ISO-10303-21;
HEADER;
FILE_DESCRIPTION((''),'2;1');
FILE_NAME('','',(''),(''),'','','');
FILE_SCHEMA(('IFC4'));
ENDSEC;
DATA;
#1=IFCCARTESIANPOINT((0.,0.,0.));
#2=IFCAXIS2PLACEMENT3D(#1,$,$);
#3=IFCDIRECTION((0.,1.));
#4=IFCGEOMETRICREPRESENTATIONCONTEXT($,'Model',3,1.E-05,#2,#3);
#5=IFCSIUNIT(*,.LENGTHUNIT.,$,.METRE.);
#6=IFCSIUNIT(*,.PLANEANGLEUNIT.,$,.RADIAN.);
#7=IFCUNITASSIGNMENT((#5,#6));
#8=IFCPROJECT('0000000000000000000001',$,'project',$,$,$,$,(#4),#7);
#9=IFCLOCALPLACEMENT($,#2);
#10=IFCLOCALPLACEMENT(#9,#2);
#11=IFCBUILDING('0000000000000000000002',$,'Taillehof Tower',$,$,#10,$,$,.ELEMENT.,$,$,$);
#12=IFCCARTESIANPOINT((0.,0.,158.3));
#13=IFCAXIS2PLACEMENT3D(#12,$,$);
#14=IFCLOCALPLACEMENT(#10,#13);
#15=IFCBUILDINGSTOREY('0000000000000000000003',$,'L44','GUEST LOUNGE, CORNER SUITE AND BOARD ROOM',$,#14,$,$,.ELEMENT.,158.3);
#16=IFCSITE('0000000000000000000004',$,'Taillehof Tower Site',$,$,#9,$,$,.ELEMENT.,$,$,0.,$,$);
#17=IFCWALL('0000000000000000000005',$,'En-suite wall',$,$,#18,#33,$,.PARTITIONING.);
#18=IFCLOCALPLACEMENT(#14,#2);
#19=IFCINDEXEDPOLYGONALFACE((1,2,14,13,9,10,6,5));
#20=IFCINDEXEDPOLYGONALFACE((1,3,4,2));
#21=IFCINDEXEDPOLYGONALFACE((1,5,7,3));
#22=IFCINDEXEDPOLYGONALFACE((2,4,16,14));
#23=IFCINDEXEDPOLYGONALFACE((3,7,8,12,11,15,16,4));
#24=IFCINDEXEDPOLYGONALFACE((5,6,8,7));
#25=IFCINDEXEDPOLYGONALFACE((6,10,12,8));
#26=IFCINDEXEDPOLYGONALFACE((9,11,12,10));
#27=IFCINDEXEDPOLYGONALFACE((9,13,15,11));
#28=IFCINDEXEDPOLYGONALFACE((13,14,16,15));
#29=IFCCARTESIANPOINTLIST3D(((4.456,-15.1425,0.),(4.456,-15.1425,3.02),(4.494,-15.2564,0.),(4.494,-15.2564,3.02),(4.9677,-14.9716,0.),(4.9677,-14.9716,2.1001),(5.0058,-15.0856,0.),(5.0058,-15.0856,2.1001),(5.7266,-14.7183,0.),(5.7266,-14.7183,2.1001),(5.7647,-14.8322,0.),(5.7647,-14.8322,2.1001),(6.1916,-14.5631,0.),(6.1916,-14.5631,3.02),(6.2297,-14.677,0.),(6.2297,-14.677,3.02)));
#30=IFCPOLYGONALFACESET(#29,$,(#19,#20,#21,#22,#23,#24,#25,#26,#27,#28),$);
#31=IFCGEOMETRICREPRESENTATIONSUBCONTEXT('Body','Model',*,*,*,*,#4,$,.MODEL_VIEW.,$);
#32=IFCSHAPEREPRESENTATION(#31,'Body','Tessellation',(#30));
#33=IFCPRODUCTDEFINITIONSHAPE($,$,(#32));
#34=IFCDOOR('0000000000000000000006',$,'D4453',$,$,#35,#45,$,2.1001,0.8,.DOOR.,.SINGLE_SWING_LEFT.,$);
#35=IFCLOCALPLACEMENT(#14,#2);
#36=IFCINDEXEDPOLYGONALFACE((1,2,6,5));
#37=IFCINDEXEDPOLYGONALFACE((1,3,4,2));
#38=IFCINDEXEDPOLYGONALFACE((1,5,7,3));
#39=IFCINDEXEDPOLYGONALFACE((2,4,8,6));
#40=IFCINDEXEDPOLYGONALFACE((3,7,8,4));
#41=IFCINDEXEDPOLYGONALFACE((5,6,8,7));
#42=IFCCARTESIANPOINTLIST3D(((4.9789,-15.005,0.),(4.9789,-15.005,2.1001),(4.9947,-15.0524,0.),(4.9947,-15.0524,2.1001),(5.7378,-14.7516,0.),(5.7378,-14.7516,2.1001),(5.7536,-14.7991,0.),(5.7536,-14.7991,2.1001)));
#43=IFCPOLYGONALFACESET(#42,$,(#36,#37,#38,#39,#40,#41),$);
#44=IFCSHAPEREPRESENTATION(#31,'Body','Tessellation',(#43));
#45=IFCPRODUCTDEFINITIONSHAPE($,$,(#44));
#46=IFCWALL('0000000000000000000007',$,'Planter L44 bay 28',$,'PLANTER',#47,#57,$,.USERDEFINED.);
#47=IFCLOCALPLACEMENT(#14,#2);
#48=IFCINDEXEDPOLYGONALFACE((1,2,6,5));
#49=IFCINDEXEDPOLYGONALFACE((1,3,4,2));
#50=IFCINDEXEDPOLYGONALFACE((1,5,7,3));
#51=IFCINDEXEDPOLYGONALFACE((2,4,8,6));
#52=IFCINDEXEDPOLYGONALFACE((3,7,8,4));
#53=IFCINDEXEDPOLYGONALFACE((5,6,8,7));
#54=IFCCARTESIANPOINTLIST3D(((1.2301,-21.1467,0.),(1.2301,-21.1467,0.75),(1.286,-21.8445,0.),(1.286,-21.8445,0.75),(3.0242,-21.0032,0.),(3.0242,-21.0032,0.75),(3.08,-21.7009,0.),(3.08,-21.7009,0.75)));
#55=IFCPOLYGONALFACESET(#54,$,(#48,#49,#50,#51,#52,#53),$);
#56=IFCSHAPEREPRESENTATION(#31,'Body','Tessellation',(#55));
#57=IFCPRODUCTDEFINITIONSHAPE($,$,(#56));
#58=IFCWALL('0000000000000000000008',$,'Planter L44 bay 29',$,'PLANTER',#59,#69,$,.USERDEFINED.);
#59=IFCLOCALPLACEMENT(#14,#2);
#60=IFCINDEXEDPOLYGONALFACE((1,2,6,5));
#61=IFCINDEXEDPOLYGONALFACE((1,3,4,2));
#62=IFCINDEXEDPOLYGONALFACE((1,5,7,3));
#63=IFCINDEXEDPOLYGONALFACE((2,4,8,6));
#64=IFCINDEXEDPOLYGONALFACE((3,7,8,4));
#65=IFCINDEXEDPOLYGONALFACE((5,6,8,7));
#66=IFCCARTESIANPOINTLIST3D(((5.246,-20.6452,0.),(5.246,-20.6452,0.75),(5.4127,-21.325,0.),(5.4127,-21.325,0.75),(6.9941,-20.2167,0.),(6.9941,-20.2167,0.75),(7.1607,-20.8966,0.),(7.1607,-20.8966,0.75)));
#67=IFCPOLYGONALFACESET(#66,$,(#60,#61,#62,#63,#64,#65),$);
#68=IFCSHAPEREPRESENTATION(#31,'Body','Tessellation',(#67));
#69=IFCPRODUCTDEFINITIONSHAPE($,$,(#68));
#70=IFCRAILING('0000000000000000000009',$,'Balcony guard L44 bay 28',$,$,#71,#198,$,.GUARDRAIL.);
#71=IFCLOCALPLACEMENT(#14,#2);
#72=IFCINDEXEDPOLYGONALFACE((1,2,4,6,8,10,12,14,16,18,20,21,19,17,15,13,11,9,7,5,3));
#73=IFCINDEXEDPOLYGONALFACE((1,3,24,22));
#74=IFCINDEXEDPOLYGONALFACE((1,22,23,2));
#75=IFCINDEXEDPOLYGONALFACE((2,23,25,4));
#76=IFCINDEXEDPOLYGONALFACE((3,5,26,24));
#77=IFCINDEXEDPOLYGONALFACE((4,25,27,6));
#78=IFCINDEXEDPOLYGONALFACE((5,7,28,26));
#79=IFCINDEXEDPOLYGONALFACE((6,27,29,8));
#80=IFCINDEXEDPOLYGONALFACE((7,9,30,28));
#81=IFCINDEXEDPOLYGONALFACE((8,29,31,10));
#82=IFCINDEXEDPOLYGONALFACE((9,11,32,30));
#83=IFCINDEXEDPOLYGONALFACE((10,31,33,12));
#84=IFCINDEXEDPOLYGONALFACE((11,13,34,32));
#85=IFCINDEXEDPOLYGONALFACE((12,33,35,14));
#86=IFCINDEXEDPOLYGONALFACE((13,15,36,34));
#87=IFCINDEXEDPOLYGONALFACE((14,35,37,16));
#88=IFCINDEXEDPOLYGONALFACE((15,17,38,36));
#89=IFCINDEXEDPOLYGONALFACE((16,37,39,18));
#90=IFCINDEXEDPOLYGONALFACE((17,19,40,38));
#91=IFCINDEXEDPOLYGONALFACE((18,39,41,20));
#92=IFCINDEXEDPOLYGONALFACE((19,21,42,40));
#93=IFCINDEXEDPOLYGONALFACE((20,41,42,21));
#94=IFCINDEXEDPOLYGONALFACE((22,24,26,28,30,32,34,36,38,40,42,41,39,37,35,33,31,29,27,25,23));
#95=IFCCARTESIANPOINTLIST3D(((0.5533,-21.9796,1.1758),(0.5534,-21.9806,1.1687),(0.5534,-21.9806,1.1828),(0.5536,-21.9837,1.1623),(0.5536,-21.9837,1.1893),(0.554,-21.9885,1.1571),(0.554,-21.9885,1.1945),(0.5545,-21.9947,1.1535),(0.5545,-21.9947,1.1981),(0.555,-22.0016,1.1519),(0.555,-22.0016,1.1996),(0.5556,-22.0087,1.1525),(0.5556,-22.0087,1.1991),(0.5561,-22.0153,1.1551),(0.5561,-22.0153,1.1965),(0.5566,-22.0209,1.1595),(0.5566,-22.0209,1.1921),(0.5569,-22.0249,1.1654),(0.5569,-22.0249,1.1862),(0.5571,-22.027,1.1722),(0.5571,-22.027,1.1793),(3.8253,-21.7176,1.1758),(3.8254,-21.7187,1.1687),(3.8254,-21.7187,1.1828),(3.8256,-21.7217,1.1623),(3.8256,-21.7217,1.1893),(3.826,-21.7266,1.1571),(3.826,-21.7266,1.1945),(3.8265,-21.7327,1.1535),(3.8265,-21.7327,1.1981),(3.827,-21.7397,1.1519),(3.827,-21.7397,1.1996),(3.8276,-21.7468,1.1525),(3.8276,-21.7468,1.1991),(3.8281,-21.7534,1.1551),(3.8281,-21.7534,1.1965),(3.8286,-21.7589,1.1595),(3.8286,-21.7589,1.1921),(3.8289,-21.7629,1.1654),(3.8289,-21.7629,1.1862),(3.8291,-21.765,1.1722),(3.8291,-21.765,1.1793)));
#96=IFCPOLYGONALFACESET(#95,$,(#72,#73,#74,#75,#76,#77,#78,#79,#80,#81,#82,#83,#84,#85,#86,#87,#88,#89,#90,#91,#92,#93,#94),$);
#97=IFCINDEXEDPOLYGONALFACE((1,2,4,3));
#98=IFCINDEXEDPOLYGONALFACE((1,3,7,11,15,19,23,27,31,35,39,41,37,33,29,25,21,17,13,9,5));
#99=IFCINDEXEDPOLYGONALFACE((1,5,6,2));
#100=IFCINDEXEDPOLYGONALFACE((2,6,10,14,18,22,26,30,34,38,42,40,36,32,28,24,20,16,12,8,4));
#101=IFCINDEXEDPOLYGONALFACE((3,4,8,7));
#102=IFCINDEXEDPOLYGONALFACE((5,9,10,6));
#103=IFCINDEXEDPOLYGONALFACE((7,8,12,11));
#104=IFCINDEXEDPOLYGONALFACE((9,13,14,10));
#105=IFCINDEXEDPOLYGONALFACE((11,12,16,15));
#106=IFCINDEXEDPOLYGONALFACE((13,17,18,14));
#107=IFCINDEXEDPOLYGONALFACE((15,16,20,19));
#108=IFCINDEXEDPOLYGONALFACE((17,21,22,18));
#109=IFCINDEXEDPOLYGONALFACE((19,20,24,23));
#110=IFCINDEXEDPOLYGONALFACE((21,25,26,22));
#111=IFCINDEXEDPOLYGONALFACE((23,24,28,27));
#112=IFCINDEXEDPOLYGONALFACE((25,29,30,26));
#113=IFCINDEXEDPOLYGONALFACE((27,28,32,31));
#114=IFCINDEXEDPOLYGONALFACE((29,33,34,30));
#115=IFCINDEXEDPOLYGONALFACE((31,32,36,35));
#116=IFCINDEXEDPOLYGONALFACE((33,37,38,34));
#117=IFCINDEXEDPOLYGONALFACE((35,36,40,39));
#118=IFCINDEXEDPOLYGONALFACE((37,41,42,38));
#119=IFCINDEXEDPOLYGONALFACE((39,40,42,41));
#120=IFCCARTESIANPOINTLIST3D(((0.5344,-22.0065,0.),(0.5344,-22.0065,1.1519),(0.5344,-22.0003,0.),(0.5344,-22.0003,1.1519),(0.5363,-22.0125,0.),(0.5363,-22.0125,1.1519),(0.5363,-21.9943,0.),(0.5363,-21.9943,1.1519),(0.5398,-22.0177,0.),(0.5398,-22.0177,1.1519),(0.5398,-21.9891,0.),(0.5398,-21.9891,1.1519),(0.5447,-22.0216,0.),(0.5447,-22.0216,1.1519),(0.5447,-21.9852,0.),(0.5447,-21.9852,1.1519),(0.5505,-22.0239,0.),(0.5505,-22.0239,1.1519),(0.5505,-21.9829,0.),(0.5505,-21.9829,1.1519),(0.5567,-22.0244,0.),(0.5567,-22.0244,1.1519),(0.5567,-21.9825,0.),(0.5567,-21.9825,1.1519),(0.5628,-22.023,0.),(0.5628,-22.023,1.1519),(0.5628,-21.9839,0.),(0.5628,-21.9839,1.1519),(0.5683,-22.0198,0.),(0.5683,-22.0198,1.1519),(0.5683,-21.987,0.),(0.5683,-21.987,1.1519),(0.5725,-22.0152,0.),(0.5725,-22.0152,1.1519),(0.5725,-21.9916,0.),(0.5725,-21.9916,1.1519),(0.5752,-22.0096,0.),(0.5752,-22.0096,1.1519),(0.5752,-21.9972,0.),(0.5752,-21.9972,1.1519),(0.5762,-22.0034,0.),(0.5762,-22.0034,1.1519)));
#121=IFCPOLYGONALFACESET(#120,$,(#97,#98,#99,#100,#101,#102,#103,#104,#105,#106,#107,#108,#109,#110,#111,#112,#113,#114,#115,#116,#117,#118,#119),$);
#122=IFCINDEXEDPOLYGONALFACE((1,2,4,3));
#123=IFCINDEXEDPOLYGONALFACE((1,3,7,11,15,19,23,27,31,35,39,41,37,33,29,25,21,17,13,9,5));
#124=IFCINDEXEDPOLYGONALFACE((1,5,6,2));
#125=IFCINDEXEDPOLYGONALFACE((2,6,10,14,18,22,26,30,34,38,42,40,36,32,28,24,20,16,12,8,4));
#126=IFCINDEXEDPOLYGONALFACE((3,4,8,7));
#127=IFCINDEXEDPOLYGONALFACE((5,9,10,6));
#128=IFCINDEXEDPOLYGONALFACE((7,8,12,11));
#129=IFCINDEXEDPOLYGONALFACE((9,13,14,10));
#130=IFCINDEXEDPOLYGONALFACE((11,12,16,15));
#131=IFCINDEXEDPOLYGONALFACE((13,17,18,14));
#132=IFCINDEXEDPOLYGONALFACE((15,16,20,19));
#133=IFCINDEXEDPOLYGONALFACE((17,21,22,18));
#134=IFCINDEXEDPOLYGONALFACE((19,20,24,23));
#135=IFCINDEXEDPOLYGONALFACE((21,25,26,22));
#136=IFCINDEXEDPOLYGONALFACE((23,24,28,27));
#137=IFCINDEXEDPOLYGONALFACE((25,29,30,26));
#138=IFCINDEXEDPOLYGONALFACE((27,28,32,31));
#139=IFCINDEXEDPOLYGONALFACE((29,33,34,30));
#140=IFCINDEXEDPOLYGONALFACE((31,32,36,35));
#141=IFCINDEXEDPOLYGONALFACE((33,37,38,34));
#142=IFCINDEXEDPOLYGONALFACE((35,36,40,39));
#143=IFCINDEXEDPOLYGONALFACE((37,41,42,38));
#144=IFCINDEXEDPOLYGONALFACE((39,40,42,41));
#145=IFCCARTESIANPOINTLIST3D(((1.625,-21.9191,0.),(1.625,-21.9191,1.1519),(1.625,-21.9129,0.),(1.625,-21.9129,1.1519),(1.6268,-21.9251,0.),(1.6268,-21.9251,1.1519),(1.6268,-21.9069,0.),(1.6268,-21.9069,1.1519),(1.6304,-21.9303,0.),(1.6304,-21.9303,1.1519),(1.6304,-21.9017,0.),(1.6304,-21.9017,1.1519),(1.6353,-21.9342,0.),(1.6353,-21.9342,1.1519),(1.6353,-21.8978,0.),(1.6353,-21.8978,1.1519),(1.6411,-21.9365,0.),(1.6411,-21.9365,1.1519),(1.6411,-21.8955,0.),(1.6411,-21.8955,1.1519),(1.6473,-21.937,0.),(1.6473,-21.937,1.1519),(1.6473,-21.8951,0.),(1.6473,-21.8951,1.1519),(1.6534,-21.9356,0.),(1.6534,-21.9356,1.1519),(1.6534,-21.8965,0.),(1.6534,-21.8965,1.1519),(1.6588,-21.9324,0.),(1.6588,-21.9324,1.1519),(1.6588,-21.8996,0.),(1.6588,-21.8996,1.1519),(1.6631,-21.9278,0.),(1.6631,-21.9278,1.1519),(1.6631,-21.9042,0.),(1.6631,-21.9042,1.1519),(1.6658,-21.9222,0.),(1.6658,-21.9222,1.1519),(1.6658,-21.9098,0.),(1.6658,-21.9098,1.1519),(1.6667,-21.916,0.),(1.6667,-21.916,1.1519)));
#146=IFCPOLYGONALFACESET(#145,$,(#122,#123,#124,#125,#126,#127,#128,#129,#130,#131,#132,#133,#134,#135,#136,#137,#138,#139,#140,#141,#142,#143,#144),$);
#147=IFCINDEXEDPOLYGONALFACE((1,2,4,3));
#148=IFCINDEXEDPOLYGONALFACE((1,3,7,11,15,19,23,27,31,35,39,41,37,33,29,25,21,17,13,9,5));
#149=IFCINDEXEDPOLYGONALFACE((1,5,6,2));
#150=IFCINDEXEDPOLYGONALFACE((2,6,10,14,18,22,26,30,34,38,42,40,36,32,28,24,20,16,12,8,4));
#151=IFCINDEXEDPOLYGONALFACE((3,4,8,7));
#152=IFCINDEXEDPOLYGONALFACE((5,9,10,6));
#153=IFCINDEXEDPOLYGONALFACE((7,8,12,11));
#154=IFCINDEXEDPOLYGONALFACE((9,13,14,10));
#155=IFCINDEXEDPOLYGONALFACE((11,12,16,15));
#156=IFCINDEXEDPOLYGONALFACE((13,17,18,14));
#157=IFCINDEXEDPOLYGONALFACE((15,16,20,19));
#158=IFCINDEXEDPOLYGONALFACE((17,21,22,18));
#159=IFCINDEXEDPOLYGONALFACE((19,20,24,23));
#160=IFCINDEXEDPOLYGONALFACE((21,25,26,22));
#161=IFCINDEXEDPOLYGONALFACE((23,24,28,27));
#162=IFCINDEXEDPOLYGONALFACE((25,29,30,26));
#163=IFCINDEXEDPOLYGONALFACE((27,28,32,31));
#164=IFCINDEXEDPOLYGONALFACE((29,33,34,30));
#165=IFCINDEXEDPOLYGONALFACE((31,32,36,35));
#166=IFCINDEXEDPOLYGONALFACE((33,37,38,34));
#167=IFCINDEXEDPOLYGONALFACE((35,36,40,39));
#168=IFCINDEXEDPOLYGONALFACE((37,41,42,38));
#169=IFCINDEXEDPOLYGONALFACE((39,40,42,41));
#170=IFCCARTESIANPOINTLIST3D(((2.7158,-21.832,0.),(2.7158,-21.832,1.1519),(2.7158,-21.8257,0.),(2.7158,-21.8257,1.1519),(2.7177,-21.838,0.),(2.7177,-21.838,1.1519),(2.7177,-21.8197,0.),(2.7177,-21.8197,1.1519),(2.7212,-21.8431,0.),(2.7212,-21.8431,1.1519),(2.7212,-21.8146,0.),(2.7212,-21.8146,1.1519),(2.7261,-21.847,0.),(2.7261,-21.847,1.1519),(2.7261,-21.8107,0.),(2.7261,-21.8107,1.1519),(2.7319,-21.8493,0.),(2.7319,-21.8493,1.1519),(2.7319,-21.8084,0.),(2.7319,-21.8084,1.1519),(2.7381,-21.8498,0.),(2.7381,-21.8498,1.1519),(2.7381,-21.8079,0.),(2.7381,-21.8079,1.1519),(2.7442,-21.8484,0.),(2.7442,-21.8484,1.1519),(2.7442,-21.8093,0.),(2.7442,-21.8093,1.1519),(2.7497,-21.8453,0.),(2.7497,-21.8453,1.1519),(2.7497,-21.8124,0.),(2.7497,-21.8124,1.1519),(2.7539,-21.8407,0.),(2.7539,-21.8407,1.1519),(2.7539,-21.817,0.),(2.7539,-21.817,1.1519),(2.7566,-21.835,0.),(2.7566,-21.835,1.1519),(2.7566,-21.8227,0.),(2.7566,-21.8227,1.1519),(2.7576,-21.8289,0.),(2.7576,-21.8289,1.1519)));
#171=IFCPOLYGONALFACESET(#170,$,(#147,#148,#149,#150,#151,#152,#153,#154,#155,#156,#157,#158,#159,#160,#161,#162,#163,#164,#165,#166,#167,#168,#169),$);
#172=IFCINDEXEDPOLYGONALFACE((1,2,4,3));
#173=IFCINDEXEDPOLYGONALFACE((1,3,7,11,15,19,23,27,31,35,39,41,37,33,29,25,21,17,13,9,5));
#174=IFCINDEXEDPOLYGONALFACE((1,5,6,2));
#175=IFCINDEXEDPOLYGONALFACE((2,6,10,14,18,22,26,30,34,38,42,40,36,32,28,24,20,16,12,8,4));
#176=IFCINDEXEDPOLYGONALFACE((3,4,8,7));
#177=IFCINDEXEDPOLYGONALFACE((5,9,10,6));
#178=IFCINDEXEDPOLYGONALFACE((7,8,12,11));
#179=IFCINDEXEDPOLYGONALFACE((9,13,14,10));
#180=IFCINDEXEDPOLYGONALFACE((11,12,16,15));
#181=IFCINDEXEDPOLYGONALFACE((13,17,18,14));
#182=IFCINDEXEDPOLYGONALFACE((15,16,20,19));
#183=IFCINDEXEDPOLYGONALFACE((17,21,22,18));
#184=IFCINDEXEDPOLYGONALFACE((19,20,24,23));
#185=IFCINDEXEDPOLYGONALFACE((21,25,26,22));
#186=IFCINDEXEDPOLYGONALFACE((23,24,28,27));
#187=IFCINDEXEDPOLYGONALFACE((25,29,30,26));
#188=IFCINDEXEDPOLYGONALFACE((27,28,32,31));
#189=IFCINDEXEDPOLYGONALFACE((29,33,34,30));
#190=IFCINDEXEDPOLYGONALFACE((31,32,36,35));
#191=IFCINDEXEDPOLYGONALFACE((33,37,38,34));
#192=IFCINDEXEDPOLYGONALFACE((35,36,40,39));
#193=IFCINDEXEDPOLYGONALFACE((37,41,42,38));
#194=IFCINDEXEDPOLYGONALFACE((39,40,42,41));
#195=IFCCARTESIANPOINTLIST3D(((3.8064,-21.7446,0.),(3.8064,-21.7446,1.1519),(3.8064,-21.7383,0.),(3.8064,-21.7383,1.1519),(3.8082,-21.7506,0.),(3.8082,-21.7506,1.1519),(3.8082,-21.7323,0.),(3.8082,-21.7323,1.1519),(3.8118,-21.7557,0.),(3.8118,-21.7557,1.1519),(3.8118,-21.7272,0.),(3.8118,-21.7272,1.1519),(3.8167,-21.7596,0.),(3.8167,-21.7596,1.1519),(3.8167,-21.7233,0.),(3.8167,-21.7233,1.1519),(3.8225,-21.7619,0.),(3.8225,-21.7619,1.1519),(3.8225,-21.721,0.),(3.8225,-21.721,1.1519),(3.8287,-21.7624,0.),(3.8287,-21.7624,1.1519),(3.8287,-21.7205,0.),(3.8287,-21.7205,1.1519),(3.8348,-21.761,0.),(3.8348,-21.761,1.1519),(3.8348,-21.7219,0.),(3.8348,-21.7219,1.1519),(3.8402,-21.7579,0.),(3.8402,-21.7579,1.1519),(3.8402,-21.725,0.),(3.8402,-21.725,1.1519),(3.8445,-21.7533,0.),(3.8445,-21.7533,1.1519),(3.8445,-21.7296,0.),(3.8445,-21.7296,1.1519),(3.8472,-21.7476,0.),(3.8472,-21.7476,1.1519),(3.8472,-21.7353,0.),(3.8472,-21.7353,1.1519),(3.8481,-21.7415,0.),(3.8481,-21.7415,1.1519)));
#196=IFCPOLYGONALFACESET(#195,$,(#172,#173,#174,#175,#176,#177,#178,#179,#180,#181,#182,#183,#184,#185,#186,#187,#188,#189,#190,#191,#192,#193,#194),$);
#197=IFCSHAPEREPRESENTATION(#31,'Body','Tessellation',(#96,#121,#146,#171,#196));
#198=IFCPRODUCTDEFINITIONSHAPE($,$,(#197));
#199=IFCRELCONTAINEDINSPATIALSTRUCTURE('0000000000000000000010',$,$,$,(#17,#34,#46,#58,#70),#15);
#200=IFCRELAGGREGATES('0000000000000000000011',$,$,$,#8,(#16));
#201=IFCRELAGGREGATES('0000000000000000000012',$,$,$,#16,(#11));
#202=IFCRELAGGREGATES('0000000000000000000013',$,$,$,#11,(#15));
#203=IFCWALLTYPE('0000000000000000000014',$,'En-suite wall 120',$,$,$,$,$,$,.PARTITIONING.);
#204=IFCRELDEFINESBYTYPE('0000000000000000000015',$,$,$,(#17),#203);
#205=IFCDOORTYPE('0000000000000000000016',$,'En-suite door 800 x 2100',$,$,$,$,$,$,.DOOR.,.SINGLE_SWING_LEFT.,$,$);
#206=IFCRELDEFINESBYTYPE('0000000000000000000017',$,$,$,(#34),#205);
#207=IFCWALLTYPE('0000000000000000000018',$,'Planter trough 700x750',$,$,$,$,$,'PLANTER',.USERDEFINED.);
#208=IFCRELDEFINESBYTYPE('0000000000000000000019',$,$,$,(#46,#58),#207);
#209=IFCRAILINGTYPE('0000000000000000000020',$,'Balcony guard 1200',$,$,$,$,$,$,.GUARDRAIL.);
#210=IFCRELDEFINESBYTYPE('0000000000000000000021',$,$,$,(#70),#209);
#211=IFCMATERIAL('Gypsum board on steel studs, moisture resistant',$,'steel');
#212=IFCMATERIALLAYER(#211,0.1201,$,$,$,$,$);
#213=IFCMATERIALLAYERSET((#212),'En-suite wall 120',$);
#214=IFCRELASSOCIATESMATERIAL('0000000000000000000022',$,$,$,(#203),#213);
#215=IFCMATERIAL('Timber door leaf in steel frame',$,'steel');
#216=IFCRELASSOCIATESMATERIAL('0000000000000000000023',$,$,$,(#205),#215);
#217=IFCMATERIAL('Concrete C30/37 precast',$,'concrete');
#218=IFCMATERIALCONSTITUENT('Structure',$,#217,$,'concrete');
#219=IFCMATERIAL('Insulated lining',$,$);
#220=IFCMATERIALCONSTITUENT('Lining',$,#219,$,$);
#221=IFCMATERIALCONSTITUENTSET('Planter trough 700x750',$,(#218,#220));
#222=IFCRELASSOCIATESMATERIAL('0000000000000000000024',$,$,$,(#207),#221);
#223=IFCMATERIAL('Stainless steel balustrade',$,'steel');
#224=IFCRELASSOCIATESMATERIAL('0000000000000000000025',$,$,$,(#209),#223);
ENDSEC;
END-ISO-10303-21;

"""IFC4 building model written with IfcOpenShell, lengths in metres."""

from ifc_helpers import new_model, si_unit, direction, frame, frame_2d, origin, origin_2d, place, context, subcontext, project, spatial, rectangle, circle, extrude, material, layer, layer_set, constituent, constituent_set, type_object, element, fill, save


model = new_model("IFC4")

# Units and contexts
model_context = context("Model", 3, precision=1e-05, world=origin(), true_north=direction((0.0, 1.0)))
body_context = subcontext(model_context, "Body", "Model", "MODEL_VIEW")
ifc_project = project(units=[si_unit("LENGTHUNIT", "METRE"), si_unit("PLANEANGLEUNIT", "RADIAN")], contexts=[model_context])

# Site, building, storey
site_placement = place(None, origin())
site = spatial("IfcSite", under=ifc_project, at=site_placement, Name="Taillehof Tower Site", CompositionType="ELEMENT", RefElevation=0.0)
building_placement = place(site_placement, origin())
building = spatial("IfcBuilding", under=site, at=building_placement, Name="Taillehof Tower", CompositionType="ELEMENT")
storey_placement = place(building_placement, frame((0.0, 0.0, 158.3)))
storey = spatial("IfcBuildingStorey", under=building, at=storey_placement, Name="L44", Description="GUEST LOUNGE, CORNER SUITE AND BOARD ROOM", CompositionType="ELEMENT", Elevation=158.3)

# Wall, opening, door
ifc_material_1 = material(Name="Gypsum board on steel studs, moisture resistant", Category="steel")
ifc_layer_1 = layer(ifc_material_1, 0.1201)
ifc_layer_set_1 = layer_set([ifc_layer_1], Name="En-suite wall 120")
wall_type_1 = type_object("IfcWallType", Name="En-suite wall 120", PredefinedType="PARTITIONING", material=ifc_layer_set_1)
wall_1_placement = place(storey_placement, frame((4.4749, -15.1995, 0.0), z_axis=(0.0, 0.0, 1.0), x_axis=(0.94855, 0.316628, 0.0)))
wall_1 = element("IfcWall", 1, at=wall_1_placement, inside=storey, type_object=wall_type_1, Name="En-suite wall", PredefinedType="PARTITIONING", context=body_context, shape_type="SweptSolid", body=[
    extrude(rectangle(XDim=1.8298, YDim=0.1201, at=frame_2d((0.915, 0.0))), origin(), (0.0, 0.0, 1.0), 3.02),
])
opening_1_placement = place(wall_1_placement, frame((0.5398, 0.0, 0.0)))
opening_1 = element("IfcOpeningElement", 2, at=opening_1_placement, cuts=wall_1, PredefinedType="OPENING", context=body_context, shape_type="SweptSolid", body=[
    extrude(rectangle(XDim=0.8, YDim=2.1001, at=frame_2d((0.3999, 1.05))), frame((0.0, 0.0701, 0.0), z_axis=(0.0, -1.0, 0.0), x_axis=(1.0, 0.0, 0.0)), (0.0, 0.0, 1.0), 0.1401),
])
ifc_material_2 = material(Name="Timber door leaf in steel frame", Category="steel")
door_type_1 = type_object("IfcDoorType", Name="En-suite door 800 x 2100", OperationType="SINGLE_SWING_LEFT", PredefinedType="DOOR", material=ifc_material_2)
door_1_placement = place(opening_1_placement, origin())
door_1 = element("IfcDoor", 3, at=door_1_placement, inside=storey, type_object=door_type_1, Name="D4453", OperationType="SINGLE_SWING_LEFT", OverallHeight=2.1001, OverallWidth=0.8, PredefinedType="DOOR", context=body_context, shape_type="SweptSolid", body=[
    extrude(rectangle(XDim=0.8, YDim=2.1001, at=frame_2d((0.3999, 1.05))), frame((0.0, 0.0249, 0.0), z_axis=(0.0, -1.0, 0.0), x_axis=(1.0, 0.0, 0.0)), (0.0, 0.0, 1.0), 0.05),
])
fill(opening_1, door_1)

# Walls
ifc_material_3 = material(Name="Concrete C30/37 precast", Category="concrete")
ifc_constituent_1 = constituent(ifc_material_3, Name="Structure", Category="concrete")
ifc_material_4 = material(Name="Insulated lining")
ifc_constituent_2 = constituent(ifc_material_4, Name="Lining")
ifc_constituent_set = constituent_set(constituents=[ifc_constituent_1, ifc_constituent_2], Name="Planter trough 700x750")
wall_type_2 = type_object("IfcWallType", Name="Planter trough 700x750", ElementType="PLANTER", PredefinedType="USERDEFINED", material=ifc_constituent_set)
for number, where, z_axis, x_axis, name in (
    (4, (1.2581, -21.4956, 0.0), (0.0, 0.0, 1.0), (0.996814, 0.079756, 0.0), "Planter L44 bay 28"),
    (5, (5.3293, -20.9851, 0.0), (0.0, 0.0, 1.0), (0.971249, 0.238065, 0.0), "Planter L44 bay 29"),
):
    element("IfcWall", number, at=place(storey_placement, frame(where, z_axis=z_axis, x_axis=x_axis)), inside=storey, type_object=wall_type_2, Name=name, ObjectType="PLANTER", PredefinedType="USERDEFINED", context=body_context, shape_type="SweptSolid", body=[
        extrude(rectangle(XDim=1.7998, YDim=0.7, at=frame_2d((0.8999, 0.0))), origin(), (0.0, 0.0, 1.0), 0.75),
    ])

# Railing
ifc_material_5 = material(Name="Stainless steel balustrade", Category="steel")
railing_type = type_object("IfcRailingType", Name="Balcony guard 1200", PredefinedType="GUARDRAIL", material=ifc_material_5)
railing_1_placement = place(storey_placement, frame((0.5552, -22.0034, 0.0)))
element("IfcRailing", 6, at=railing_1_placement, inside=storey, type_object=railing_type, Name="Balcony guard L44 bay 28", PredefinedType="GUARDRAIL", context=body_context, shape_type="SweptSolid", body=[
    extrude(circle(Radius=0.0239, at=origin_2d()), frame((0.0, 0.0, 1.1758), z_axis=(0.99681, 0.079807, 0.0), x_axis=(-0.079807, 0.99681, 0.0)), (0.0, 0.0, 1.0), 3.2825),
    extrude(circle(Radius=0.021, at=origin_2d()), origin(), (0.0, 0.0, 1.0), 1.1519),
    extrude(circle(Radius=0.021, at=origin_2d()), frame((1.0906, 0.0874, 0.0)), (0.0, 0.0, 1.0), 1.1519),
    extrude(circle(Radius=0.021, at=origin_2d()), frame((2.1814, 0.1746, 0.0)), (0.0, 0.0, 1.0), 1.1519),
    extrude(circle(Radius=0.021, at=origin_2d()), frame((3.272, 0.262, 0.0)), (0.0, 0.0, 1.0), 1.1519),
])

save(model, "model.ifc")
